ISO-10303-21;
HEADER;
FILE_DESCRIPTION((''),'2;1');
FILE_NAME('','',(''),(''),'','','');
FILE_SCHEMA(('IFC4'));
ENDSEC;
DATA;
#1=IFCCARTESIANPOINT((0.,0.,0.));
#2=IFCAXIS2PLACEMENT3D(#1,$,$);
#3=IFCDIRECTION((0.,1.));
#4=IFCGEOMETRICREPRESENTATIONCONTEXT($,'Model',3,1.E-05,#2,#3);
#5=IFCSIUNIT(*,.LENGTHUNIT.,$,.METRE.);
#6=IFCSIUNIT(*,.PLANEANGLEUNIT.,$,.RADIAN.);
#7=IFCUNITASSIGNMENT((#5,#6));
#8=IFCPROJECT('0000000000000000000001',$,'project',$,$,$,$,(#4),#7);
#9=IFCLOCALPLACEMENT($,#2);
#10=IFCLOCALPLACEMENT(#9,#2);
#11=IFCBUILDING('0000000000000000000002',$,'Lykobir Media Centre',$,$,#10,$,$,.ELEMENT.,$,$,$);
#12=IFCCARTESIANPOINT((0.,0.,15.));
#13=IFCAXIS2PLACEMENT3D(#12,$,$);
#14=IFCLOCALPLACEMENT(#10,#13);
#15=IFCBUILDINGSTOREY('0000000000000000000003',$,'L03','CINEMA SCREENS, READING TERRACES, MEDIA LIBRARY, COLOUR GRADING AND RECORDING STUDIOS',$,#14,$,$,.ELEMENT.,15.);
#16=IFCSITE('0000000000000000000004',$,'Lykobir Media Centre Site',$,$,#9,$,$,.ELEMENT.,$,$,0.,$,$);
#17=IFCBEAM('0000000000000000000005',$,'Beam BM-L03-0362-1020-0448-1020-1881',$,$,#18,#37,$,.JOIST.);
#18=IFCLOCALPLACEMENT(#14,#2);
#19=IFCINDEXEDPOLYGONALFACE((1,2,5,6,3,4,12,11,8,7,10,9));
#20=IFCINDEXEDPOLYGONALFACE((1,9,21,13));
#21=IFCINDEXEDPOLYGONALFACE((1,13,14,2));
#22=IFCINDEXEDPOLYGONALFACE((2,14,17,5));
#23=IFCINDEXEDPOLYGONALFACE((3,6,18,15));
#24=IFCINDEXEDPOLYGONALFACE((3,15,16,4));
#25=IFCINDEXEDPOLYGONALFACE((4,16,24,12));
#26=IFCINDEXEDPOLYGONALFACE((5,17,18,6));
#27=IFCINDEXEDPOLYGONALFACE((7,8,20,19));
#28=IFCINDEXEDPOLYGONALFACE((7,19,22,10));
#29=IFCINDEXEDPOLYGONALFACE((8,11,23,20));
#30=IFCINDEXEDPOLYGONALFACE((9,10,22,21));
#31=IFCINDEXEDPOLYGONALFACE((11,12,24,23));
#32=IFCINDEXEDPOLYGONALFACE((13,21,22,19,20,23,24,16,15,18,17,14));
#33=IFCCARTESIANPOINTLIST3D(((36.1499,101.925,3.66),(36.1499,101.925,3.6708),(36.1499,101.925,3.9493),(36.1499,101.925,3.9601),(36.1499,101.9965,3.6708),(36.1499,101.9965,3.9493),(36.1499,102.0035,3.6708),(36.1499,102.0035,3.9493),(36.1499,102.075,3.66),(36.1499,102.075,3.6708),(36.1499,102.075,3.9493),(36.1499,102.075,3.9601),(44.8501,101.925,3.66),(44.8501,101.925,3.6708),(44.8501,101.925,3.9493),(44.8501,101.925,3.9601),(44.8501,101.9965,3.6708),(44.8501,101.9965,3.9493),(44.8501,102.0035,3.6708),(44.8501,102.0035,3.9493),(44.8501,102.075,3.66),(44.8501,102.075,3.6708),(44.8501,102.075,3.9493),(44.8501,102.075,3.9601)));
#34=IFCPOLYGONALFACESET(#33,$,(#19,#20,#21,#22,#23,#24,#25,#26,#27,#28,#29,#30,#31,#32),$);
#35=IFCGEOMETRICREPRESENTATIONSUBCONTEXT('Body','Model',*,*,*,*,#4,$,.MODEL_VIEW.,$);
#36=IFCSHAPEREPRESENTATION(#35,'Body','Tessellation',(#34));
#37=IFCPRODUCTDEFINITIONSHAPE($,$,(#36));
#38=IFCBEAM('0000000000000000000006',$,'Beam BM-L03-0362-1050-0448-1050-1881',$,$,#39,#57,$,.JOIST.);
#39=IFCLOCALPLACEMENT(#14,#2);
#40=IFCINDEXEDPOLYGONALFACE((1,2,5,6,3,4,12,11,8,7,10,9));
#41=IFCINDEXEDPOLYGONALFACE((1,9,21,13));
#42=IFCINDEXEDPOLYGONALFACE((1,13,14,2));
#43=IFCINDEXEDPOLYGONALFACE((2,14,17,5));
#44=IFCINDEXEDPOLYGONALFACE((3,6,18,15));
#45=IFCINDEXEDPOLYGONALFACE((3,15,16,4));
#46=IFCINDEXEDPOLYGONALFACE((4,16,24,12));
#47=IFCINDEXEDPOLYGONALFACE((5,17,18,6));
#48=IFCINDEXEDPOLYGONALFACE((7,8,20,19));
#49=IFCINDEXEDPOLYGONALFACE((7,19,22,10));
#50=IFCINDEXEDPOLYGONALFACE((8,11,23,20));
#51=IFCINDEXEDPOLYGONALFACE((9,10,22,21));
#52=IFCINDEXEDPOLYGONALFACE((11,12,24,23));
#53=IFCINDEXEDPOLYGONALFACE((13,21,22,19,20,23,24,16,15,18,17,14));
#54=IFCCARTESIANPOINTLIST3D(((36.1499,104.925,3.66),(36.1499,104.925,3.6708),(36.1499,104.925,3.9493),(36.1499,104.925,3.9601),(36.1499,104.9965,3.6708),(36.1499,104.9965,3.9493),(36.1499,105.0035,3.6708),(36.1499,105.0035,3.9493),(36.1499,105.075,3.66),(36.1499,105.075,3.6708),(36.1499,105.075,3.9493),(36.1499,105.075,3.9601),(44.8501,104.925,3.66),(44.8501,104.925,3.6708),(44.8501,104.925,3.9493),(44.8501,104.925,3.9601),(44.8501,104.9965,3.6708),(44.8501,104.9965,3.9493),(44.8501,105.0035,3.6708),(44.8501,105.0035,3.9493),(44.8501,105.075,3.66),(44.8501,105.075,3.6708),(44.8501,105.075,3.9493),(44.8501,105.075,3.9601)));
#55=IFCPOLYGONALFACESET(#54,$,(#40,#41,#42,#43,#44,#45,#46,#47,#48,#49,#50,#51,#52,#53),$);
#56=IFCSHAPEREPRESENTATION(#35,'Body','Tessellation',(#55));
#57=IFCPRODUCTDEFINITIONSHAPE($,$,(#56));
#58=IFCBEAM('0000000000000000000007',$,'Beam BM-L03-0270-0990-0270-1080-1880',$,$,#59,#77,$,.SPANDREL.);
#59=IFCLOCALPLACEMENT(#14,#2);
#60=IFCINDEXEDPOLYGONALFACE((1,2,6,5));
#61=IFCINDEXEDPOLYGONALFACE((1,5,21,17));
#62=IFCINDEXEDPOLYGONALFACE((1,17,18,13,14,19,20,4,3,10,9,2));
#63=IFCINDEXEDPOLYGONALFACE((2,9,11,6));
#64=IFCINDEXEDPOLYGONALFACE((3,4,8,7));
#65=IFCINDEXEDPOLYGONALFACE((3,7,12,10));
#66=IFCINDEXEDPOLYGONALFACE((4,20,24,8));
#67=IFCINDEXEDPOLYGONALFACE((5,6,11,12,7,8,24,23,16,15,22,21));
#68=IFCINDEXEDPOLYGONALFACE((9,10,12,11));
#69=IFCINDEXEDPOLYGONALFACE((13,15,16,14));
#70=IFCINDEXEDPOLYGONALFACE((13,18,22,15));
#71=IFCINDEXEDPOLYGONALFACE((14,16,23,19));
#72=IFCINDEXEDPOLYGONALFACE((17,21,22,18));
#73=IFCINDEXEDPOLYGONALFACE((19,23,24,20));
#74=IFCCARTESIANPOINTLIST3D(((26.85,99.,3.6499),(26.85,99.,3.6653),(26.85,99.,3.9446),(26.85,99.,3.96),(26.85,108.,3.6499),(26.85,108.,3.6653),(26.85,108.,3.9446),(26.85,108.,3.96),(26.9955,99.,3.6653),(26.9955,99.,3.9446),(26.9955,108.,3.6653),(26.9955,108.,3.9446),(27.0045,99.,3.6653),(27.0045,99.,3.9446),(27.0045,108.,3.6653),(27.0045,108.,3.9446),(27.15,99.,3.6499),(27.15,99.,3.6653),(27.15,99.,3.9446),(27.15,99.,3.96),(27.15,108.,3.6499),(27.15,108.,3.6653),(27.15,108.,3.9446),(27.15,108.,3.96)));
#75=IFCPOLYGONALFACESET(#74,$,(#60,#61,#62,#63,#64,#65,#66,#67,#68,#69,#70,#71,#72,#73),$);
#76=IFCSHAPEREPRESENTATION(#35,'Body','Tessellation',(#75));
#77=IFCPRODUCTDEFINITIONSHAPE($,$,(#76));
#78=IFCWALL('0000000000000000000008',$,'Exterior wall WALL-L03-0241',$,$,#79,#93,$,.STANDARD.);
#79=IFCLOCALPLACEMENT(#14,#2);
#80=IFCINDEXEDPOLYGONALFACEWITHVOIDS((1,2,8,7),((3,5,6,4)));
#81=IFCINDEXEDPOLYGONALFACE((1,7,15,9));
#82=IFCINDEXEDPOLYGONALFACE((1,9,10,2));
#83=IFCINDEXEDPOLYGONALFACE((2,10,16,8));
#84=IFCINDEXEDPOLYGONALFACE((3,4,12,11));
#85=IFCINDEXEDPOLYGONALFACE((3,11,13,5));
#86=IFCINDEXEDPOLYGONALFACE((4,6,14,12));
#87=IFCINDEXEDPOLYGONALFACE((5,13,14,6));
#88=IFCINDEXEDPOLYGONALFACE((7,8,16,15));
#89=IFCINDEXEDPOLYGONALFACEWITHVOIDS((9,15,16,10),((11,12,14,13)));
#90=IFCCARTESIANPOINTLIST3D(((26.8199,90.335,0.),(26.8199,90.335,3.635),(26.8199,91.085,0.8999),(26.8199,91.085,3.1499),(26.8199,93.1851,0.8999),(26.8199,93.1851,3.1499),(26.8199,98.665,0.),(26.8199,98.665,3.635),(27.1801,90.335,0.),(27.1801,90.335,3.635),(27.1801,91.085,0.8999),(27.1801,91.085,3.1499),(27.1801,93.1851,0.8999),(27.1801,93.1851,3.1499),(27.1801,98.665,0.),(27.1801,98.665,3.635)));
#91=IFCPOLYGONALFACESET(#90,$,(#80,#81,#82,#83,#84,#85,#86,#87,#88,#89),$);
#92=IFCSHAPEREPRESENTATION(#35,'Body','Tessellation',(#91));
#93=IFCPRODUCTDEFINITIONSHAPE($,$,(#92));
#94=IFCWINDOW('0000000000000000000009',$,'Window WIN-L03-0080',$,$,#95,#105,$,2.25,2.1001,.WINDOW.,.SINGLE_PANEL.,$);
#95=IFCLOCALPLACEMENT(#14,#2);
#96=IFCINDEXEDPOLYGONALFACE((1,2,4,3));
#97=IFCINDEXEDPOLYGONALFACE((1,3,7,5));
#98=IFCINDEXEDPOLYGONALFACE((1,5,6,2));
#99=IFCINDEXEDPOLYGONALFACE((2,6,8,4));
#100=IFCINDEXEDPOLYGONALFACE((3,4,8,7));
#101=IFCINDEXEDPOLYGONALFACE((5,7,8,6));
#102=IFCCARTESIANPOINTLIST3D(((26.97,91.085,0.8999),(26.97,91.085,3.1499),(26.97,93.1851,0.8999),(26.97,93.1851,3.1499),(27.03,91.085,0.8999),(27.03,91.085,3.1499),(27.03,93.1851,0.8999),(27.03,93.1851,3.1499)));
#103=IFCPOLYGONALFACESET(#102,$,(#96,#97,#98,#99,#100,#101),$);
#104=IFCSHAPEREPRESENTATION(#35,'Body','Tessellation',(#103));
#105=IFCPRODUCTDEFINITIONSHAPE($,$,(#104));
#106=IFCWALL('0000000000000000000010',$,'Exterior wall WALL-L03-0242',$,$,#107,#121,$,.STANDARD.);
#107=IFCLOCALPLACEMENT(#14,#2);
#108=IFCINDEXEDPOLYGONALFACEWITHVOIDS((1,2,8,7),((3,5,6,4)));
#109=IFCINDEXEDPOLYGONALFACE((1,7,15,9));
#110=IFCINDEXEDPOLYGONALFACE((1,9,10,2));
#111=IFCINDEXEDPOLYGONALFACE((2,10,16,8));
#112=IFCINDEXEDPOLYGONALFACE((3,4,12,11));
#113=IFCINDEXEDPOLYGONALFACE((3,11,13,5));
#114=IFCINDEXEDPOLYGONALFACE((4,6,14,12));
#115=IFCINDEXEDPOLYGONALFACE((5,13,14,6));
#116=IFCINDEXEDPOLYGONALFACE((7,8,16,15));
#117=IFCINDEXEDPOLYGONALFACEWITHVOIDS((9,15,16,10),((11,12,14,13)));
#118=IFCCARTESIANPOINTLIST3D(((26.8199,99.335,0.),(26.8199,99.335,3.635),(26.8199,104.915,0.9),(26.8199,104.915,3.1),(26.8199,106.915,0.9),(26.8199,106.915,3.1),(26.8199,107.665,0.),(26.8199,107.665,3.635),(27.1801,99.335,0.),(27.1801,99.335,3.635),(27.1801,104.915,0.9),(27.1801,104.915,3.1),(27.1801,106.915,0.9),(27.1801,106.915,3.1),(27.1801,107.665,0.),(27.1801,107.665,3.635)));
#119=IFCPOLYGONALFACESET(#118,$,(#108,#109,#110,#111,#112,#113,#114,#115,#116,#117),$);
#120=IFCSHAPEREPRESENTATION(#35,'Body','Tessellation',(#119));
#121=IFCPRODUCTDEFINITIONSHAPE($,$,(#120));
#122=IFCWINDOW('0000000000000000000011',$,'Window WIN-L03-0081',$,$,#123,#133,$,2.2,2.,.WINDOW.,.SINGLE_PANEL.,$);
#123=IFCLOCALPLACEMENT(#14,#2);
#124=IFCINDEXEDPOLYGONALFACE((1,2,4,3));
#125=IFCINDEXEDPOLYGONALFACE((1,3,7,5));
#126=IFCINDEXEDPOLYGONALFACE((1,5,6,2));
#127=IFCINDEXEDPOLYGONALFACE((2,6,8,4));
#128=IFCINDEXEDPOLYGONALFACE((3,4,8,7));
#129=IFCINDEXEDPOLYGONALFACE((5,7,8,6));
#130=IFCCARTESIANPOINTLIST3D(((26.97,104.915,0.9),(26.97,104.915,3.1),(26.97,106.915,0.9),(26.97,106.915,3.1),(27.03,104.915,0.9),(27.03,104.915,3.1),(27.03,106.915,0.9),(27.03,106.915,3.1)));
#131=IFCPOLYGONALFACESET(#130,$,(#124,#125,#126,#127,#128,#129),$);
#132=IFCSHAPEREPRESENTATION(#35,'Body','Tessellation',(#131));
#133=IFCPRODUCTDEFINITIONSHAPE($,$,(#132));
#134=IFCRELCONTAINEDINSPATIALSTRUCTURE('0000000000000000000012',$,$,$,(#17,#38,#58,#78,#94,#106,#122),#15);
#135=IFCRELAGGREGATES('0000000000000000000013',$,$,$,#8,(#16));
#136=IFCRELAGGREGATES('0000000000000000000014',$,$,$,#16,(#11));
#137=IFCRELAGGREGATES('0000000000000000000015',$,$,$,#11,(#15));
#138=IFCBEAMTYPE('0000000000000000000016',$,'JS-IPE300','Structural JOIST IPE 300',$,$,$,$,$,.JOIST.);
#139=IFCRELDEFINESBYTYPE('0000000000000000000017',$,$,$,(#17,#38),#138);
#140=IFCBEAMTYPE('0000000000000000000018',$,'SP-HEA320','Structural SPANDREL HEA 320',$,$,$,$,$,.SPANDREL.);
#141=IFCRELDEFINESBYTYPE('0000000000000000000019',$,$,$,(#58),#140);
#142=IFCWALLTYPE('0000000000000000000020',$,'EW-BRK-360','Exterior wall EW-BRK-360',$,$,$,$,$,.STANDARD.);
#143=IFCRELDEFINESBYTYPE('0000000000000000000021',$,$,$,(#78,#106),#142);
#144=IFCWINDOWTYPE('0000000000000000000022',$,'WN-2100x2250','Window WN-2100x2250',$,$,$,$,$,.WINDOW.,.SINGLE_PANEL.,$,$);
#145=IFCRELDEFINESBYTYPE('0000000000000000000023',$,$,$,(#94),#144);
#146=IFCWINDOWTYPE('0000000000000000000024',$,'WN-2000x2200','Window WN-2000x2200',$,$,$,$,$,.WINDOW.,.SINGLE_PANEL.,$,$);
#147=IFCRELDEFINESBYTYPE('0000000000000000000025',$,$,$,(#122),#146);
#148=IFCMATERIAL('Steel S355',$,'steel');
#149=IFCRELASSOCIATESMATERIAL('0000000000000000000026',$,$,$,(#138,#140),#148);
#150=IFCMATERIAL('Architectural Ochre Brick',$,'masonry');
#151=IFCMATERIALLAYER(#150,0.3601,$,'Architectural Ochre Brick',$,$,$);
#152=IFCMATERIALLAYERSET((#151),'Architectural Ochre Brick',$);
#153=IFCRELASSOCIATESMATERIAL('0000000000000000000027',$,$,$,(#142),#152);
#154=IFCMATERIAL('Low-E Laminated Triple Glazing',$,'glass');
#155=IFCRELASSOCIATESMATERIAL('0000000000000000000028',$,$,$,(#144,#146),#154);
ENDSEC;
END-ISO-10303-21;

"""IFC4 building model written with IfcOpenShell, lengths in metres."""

from ifc_helpers import new_model, si_unit, direction, frame, frame_2d, origin, origin_2d, place, context, subcontext, project, spatial, rectangle, i_section, extrude, material, layer, layer_set, material_profile, profile_set, type_object, element, fill, save


model = new_model("IFC4")

# Units and contexts
model_context = context("Model", 3, precision=1e-05, world=origin(), true_north=direction((0.0, 1.0)))
body_context = subcontext(model_context, "Body", "Model", "MODEL_VIEW")
ifc_project = project(units=[si_unit("LENGTHUNIT", "METRE"), si_unit("PLANEANGLEUNIT", "RADIAN")], contexts=[model_context])

# Site, building, storey
site_placement = place(None, origin())
site = spatial("IfcSite", under=ifc_project, at=site_placement, Name="Lykobir Media Centre Site", CompositionType="ELEMENT", RefElevation=0.0)
building_placement = place(site_placement, origin())
building = spatial("IfcBuilding", under=site, at=building_placement, Name="Lykobir Media Centre", CompositionType="ELEMENT")
storey_placement = place(building_placement, frame((0.0, 0.0, 15.0)))
storey = spatial("IfcBuildingStorey", under=building, at=storey_placement, Name="L03", Description="CINEMA SCREENS, READING TERRACES, MEDIA LIBRARY, COLOUR GRADING AND RECORDING STUDIOS", CompositionType="ELEMENT", Elevation=15.0)

# Shared definitions
ifc_material_1 = material(Name="Steel S355", Category="steel")

# Beams
ifc_material_profile_1 = material_profile(ifc_material_1, i_section(OverallWidth=0.1499, OverallDepth=0.3, WebThickness=0.0071, FlangeThickness=0.0107, at=origin_2d()), Name="IPE 300")
ifc_profile_set_1 = profile_set([ifc_material_profile_1], Name="Steel S355")
beam_type_1 = type_object("IfcBeamType", Name="JS-IPE300", Description="Structural JOIST IPE 300", PredefinedType="JOIST", material=ifc_profile_set_1)
for number, where, z_axis, x_axis, name in (
    (1, (36.1499, 102.0, 3.8101), (1.0, 0.0, 0.0), (0.0, 1.0, 0.0), "Beam BM-L03-0362-1020-0448-1020-1881"),
    (2, (36.1499, 105.0, 3.8101), (1.0, 0.0, 0.0), (0.0, 1.0, 0.0), "Beam BM-L03-0362-1050-0448-1050-1881"),
):
    element("IfcBeam", number, at=place(storey_placement, frame(where, z_axis=z_axis, x_axis=x_axis)), inside=storey, type_object=beam_type_1, Name=name, PredefinedType="JOIST", context=body_context, shape_type="SweptSolid", body=[
        extrude(i_section(OverallWidth=0.1499, OverallDepth=0.3, WebThickness=0.0071, FlangeThickness=0.0107, at=origin_2d()), origin(), (0.0, 0.0, 1.0), 8.7002),
    ])
ifc_material_profile_2 = material_profile(ifc_material_1, i_section(OverallWidth=0.3, OverallDepth=0.3101, WebThickness=0.009, FlangeThickness=0.0154, at=origin_2d()), Name="HEA 320")
ifc_profile_set_2 = profile_set([ifc_material_profile_2], Name="Steel S355")
beam_type_2 = type_object("IfcBeamType", Name="SP-HEA320", Description="Structural SPANDREL HEA 320", PredefinedType="SPANDREL", material=ifc_profile_set_2)
beam_1_placement = place(storey_placement, frame((27.0, 99.0, 3.8049), z_axis=(0.0, 1.0, 0.0), x_axis=(-1.0, 0.0, 0.0)))
element("IfcBeam", 3, at=beam_1_placement, inside=storey, type_object=beam_type_2, Name="Beam BM-L03-0270-0990-0270-1080-1880", PredefinedType="SPANDREL", context=body_context, shape_type="SweptSolid", body=[
    extrude(i_section(OverallWidth=0.3, OverallDepth=0.3101, WebThickness=0.009, FlangeThickness=0.0154, at=origin_2d()), origin(), (0.0, 0.0, 1.0), 9.0),
])

# Walls, openings, windows
ifc_material_2 = material(Name="Architectural Ochre Brick", Category="masonry")
ifc_layer_1 = layer(ifc_material_2, 0.3601, Name="Architectural Ochre Brick")
ifc_layer_set_1 = layer_set([ifc_layer_1], Name="Architectural Ochre Brick")
wall_type_1 = type_object("IfcWallType", Name="EW-BRK-360", Description="Exterior wall EW-BRK-360", PredefinedType="STANDARD", material=ifc_layer_set_1)
wall_1_placement = place(storey_placement, frame((27.0, 98.665, 0.0), z_axis=(0.0, 0.0, 1.0), x_axis=(0.0, -1.0, 0.0)))
wall_1 = element("IfcWall", 4, at=wall_1_placement, inside=storey, type_object=wall_type_1, Name="Exterior wall WALL-L03-0241", PredefinedType="STANDARD", context=body_context, shape_type="SweptSolid", body=[
    extrude(rectangle(XDim=8.3301, YDim=0.3601, at=frame_2d((4.165, 0.0))), origin(), (0.0, 0.0, 1.0), 3.635),
])
opening_1_placement = place(wall_1_placement, frame((5.48, 0.0, 0.8999)))
opening_1 = element("IfcOpeningElement", 5, at=opening_1_placement, cuts=wall_1, PredefinedType="OPENING", context=body_context, shape_type="SweptSolid", body=[
    extrude(rectangle(XDim=2.1001, YDim=2.25, at=frame_2d((1.05, 1.125))), frame((0.0, 0.1899, 0.0), z_axis=(0.0, -1.0, 0.0), x_axis=(1.0, 0.0, 0.0)), (0.0, 0.0, 1.0), 0.3801),
])
ifc_material_3 = material(Name="Low-E Laminated Triple Glazing", Category="glass")
window_type_1 = type_object("IfcWindowType", Name="WN-2100x2250", Description="Window WN-2100x2250", PartitioningType="SINGLE_PANEL", PredefinedType="WINDOW", material=ifc_material_3)
window_1_placement = place(opening_1_placement, origin())
window_1 = element("IfcWindow", 6, at=window_1_placement, inside=storey, type_object=window_type_1, Name="Window WIN-L03-0080", OverallHeight=2.25, OverallWidth=2.1001, PartitioningType="SINGLE_PANEL", PredefinedType="WINDOW", context=body_context, shape_type="SweptSolid", body=[
    extrude(rectangle(XDim=2.1001, YDim=2.25, at=frame_2d((1.05, 1.125))), frame((0.0, 0.03, 0.0), z_axis=(0.0, -1.0, 0.0), x_axis=(1.0, 0.0, 0.0)), (0.0, 0.0, 1.0), 0.0601),
])
fill(opening_1, window_1)
wall_2_placement = place(storey_placement, frame((27.0, 107.665, 0.0), z_axis=(0.0, 0.0, 1.0), x_axis=(0.0, -1.0, 0.0)))
wall_2 = element("IfcWall", 7, at=wall_2_placement, inside=storey, type_object=wall_type_1, Name="Exterior wall WALL-L03-0242", PredefinedType="STANDARD", context=body_context, shape_type="SweptSolid", body=[
    extrude(rectangle(XDim=8.3301, YDim=0.3601, at=frame_2d((4.165, 0.0))), origin(), (0.0, 0.0, 1.0), 3.635),
])
opening_2_placement = place(wall_2_placement, frame((0.75, 0.0, 0.8999)))
opening_2 = element("IfcOpeningElement", 8, at=opening_2_placement, cuts=wall_2, PredefinedType="OPENING", context=body_context, shape_type="SweptSolid", body=[
    extrude(rectangle(XDim=2.0, YDim=2.2, at=frame_2d((1.0, 1.1001))), frame((0.0, 0.1899, 0.0), z_axis=(0.0, -1.0, 0.0), x_axis=(1.0, 0.0, 0.0)), (0.0, 0.0, 1.0), 0.3801),
])
window_type_2 = type_object("IfcWindowType", Name="WN-2000x2200", Description="Window WN-2000x2200", PartitioningType="SINGLE_PANEL", PredefinedType="WINDOW", material=ifc_material_3)
window_2_placement = place(opening_2_placement, origin())
window_2 = element("IfcWindow", 9, at=window_2_placement, inside=storey, type_object=window_type_2, Name="Window WIN-L03-0081", OverallHeight=2.2, OverallWidth=2.0, PartitioningType="SINGLE_PANEL", PredefinedType="WINDOW", context=body_context, shape_type="SweptSolid", body=[
    extrude(rectangle(XDim=2.0, YDim=2.2, at=frame_2d((1.0, 1.1001))), frame((0.0, 0.03, 0.0), z_axis=(0.0, -1.0, 0.0), x_axis=(1.0, 0.0, 0.0)), (0.0, 0.0, 1.0), 0.0601),
])
fill(opening_2, window_2)

save(model, "model.ifc")
